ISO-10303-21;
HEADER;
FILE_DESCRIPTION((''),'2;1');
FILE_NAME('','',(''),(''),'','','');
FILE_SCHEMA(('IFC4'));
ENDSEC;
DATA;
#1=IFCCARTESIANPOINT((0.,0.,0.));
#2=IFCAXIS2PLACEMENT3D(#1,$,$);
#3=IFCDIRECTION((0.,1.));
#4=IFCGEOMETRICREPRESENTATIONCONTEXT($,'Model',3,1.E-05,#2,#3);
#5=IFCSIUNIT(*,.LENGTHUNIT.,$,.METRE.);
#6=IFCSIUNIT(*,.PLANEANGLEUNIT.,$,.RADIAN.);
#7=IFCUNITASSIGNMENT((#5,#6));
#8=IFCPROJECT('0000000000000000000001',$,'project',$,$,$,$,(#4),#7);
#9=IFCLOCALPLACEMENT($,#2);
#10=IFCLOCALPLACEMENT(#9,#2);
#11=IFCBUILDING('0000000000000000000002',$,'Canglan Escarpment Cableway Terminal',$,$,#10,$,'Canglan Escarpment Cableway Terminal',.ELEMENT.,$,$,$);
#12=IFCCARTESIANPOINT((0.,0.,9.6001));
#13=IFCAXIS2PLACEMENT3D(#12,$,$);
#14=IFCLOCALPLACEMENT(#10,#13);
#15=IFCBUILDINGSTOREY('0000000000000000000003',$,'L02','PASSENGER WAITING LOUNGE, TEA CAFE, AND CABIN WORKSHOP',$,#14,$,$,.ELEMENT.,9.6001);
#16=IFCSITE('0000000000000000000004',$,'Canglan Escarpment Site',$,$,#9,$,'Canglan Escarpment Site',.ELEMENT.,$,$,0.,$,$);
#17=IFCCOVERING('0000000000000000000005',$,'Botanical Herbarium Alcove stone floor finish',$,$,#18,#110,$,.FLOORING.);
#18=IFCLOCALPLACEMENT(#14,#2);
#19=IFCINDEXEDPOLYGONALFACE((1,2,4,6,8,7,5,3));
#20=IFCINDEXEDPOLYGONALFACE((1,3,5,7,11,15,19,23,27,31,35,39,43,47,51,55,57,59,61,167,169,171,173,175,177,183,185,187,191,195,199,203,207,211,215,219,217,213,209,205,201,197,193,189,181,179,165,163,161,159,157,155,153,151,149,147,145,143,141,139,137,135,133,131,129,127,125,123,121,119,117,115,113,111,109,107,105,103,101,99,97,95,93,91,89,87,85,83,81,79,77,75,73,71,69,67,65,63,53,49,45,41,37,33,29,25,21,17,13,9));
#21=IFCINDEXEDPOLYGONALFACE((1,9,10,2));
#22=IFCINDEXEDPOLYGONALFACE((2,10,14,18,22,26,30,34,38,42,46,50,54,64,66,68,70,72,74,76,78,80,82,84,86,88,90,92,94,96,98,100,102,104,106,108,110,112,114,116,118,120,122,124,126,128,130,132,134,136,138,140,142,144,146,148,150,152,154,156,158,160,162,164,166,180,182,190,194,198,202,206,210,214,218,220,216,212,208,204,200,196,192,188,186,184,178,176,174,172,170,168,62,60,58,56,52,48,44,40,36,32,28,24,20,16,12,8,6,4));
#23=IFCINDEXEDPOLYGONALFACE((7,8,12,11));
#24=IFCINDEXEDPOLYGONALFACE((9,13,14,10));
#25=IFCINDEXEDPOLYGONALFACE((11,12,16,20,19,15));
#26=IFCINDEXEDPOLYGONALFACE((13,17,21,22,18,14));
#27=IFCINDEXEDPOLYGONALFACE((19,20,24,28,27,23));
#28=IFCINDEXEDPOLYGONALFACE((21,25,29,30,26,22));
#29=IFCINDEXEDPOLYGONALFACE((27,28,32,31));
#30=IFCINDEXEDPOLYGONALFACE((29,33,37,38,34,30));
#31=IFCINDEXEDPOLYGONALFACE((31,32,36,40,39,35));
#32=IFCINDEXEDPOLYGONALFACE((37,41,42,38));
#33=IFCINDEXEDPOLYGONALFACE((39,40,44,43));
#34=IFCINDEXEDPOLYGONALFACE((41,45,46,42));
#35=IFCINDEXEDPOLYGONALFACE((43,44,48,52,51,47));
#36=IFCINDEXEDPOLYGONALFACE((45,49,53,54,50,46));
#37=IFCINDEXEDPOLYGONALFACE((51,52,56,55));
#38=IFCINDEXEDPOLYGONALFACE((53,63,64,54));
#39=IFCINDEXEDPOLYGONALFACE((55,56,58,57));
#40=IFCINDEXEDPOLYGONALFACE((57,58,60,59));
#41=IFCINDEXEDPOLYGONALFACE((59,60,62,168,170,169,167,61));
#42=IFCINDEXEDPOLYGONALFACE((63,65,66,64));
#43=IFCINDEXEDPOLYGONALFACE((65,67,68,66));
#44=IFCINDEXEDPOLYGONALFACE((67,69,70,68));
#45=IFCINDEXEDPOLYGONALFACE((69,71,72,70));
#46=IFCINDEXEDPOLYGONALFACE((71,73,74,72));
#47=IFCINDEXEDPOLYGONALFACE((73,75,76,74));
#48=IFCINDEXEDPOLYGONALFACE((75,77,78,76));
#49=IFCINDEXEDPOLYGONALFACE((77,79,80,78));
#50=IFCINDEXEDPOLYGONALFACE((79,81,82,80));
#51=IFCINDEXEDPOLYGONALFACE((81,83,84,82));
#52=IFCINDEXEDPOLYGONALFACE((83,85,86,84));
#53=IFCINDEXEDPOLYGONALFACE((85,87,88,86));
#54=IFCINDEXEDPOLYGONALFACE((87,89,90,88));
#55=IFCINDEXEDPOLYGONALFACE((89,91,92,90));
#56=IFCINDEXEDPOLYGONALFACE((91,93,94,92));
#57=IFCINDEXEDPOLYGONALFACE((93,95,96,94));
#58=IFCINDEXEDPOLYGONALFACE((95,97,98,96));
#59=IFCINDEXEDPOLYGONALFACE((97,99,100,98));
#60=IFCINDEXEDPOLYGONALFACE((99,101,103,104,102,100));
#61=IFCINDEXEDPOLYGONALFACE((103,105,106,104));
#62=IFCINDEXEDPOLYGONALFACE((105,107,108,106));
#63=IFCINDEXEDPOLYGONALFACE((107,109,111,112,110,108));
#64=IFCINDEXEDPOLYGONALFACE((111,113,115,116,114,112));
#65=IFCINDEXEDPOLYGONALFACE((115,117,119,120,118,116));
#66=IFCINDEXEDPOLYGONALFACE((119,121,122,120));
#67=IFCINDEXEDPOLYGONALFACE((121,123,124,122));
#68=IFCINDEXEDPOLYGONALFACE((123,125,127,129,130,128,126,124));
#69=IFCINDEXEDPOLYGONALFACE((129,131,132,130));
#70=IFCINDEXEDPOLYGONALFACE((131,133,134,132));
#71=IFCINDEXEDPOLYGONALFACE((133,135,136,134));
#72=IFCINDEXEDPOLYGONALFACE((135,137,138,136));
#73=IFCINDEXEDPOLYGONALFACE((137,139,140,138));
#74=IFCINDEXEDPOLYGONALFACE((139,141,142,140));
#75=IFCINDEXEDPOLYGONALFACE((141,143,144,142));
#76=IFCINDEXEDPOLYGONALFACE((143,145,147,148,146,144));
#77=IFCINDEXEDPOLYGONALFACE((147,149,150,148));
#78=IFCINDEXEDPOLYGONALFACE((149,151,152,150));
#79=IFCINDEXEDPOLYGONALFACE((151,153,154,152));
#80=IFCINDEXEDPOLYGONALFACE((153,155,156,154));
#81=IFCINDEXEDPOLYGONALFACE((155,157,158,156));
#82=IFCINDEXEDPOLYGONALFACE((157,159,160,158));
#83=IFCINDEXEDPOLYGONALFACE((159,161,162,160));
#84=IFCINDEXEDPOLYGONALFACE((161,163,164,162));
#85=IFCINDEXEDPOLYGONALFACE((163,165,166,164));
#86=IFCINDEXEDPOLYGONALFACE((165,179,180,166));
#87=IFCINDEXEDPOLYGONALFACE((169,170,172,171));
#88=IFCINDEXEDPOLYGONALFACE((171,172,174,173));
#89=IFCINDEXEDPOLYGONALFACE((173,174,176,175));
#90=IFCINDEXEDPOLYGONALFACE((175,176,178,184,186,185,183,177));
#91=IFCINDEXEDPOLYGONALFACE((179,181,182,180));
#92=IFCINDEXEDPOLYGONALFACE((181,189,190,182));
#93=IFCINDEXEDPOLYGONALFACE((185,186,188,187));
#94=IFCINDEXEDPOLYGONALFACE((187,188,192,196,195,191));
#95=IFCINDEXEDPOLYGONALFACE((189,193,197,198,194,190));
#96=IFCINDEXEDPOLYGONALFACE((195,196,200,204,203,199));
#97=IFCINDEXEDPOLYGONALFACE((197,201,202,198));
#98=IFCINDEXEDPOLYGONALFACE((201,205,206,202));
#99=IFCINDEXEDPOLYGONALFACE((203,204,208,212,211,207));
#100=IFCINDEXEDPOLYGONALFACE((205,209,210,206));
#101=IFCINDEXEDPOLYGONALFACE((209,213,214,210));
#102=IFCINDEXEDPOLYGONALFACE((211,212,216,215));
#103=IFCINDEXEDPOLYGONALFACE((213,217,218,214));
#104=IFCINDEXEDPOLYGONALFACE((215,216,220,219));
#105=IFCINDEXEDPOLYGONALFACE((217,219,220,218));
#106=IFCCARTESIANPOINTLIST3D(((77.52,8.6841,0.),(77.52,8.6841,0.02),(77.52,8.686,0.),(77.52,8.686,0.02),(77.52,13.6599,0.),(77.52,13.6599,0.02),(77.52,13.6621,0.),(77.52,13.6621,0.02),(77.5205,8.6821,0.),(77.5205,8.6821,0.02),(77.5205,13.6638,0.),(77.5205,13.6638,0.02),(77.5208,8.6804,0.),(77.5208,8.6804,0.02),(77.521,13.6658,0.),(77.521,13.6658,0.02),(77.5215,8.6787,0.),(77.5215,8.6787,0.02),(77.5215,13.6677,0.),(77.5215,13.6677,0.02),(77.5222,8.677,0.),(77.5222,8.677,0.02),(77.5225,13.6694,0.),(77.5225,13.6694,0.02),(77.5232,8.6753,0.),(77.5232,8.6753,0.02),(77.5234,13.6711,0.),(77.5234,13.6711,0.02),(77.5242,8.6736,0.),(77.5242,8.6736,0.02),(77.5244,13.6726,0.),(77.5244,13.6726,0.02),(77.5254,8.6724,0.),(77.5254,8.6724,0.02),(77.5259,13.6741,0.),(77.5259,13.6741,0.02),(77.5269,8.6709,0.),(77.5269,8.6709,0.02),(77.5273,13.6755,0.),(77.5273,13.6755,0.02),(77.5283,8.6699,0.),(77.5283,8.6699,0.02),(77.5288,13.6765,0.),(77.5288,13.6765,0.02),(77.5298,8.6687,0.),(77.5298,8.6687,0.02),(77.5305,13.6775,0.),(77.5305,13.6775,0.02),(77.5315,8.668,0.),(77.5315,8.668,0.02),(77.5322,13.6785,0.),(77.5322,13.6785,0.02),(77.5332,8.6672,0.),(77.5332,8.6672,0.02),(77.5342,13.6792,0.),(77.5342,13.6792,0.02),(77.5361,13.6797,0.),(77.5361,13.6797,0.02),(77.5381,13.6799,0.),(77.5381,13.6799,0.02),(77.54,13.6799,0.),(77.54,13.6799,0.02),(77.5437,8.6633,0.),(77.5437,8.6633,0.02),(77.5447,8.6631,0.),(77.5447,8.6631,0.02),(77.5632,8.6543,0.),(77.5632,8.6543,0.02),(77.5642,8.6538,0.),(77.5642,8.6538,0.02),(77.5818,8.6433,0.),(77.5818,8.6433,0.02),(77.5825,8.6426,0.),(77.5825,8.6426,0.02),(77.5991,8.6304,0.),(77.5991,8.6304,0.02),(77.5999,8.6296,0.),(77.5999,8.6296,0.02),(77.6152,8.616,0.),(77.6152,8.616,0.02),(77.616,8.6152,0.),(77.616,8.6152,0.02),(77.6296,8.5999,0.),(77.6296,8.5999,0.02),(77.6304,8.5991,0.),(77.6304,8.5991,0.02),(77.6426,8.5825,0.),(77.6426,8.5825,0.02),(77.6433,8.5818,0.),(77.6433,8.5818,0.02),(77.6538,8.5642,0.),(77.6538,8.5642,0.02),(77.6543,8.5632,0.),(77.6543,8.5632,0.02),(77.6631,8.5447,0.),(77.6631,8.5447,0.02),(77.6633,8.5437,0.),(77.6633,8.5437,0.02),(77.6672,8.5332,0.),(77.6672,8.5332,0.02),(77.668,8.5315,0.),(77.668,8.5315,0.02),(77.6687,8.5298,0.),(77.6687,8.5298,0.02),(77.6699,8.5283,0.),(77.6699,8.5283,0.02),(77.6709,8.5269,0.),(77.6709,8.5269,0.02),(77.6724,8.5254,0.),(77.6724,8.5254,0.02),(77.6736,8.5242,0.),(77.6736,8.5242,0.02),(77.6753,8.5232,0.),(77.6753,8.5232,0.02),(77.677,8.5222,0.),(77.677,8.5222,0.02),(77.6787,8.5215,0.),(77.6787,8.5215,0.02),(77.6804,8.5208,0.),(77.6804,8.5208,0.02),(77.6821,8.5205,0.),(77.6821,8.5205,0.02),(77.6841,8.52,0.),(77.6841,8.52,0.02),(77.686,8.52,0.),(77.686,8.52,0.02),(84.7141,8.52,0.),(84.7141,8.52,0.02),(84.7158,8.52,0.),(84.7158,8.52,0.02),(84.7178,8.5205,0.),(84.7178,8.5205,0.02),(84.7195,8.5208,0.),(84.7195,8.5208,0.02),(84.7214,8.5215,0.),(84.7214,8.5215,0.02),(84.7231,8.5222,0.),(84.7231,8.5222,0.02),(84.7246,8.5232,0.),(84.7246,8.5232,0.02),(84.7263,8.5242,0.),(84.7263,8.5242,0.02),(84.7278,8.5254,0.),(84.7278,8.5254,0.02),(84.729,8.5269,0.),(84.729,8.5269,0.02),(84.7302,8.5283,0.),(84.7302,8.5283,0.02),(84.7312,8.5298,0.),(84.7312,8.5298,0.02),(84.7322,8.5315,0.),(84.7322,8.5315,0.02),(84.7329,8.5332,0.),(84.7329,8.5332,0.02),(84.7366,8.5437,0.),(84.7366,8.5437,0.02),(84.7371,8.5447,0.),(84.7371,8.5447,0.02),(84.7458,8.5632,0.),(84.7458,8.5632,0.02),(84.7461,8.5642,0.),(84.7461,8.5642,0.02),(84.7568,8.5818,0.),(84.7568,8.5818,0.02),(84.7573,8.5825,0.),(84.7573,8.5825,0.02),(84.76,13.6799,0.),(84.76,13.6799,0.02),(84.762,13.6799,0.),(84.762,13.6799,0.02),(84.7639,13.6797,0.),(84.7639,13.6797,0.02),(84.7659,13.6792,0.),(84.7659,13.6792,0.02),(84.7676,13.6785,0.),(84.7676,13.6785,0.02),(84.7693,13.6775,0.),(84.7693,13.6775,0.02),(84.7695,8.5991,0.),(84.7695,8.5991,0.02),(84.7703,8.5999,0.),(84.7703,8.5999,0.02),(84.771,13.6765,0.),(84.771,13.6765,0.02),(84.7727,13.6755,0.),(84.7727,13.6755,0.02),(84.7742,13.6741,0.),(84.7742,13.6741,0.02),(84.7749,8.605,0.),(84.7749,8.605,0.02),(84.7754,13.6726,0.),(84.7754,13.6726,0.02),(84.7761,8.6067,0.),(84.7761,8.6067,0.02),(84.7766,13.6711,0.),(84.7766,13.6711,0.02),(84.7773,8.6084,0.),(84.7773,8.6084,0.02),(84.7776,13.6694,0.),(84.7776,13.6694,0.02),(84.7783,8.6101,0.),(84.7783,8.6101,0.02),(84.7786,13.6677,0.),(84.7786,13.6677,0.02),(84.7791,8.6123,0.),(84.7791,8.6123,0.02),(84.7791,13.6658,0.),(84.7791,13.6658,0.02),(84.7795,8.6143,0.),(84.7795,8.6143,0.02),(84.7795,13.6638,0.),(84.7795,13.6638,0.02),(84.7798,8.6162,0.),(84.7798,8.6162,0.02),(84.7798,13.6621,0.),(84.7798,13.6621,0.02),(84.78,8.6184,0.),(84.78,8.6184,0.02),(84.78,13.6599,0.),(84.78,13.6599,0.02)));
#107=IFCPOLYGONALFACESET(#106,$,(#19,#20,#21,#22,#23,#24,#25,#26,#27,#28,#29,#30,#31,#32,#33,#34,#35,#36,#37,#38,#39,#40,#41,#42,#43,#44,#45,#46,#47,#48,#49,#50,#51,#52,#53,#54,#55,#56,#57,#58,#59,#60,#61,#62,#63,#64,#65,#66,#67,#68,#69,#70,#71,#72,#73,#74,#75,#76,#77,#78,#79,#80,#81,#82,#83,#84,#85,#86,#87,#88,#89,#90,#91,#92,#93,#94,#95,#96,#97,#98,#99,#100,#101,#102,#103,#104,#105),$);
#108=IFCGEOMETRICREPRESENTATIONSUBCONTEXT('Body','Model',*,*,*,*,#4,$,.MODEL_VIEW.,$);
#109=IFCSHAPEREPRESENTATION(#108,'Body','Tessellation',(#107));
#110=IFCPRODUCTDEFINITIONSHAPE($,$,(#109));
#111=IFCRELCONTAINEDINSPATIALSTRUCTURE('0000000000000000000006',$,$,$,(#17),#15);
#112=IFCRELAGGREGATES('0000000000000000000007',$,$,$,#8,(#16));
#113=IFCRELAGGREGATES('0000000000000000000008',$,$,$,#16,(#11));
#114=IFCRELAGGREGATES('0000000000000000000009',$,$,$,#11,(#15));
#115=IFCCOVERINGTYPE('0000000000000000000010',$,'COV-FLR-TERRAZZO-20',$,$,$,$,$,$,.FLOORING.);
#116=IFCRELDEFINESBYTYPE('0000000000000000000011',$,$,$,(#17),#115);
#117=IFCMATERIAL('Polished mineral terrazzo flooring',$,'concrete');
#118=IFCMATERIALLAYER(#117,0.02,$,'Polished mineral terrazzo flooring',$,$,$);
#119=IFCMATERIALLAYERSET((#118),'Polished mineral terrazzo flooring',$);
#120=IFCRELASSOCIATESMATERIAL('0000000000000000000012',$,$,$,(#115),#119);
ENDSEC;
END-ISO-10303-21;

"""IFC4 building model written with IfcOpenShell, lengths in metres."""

from ifc_helpers import new_model, si_unit, direction, frame, origin, place, context, subcontext, project, spatial, polyline, outline, extrude, material, layer, layer_set, type_object, element, save


model = new_model("IFC4")

# Units and contexts
model_context = context("Model", 3, precision=1e-05, world=origin(), true_north=direction((0.0, 1.0)))
body_context = subcontext(model_context, "Body", "Model", "MODEL_VIEW")
ifc_project = project(units=[si_unit("LENGTHUNIT", "METRE"), si_unit("PLANEANGLEUNIT", "RADIAN")], contexts=[model_context])

# Site, building, storey
site_placement = place(None, origin())
site = spatial("IfcSite", under=ifc_project, at=site_placement, Name="Canglan Escarpment Site", LongName="Canglan Escarpment Site", CompositionType="ELEMENT", RefElevation=0.0)
building_placement = place(site_placement, origin())
building = spatial("IfcBuilding", under=site, at=building_placement, Name="Canglan Escarpment Cableway Terminal", LongName="Canglan Escarpment Cableway Terminal", CompositionType="ELEMENT")
storey_placement = place(building_placement, frame((0.0, 0.0, 9.6001)))
storey = spatial("IfcBuildingStorey", under=building, at=storey_placement, Name="L02", Description="PASSENGER WAITING LOUNGE, TEA CAFE, AND CABIN WORKSHOP", CompositionType="ELEMENT", Elevation=9.6001)

# Covering
ifc_material_1 = material(Name="Polished mineral terrazzo flooring", Category="concrete")
ifc_layer_1 = layer(ifc_material_1, 0.02, Name="Polished mineral terrazzo flooring")
ifc_layer_set_1 = layer_set([ifc_layer_1], Name="Polished mineral terrazzo flooring")
covering_type_1 = type_object("IfcCoveringType", Name="COV-FLR-TERRAZZO-20", PredefinedType="FLOORING", material=ifc_layer_set_1)
covering_1_placement = place(storey_placement, origin())
element("IfcCovering", 1, at=covering_1_placement, inside=storey, type_object=covering_type_1, Name="Botanical Herbarium Alcove stone floor finish", PredefinedType="FLOORING", context=body_context, shape_type="SweptSolid", body=[
    extrude(outline(polyline([(77.5332, 8.6672), (77.5315, 8.668), (77.5298, 8.6687), (77.5283, 8.6699), (77.5269, 8.6709), (77.5254, 8.6724), (77.5242, 8.6736), (77.5232, 8.6753), (77.5222, 8.677), (77.5215, 8.6787), (77.5208, 8.6804), (77.5205, 8.6821), (77.52, 8.6841), (77.52, 8.686), (77.52, 13.6599), (77.52, 13.6621), (77.5205, 13.6638), (77.521, 13.6658), (77.5215, 13.6677), (77.5225, 13.6694), (77.5234, 13.6711), (77.5244, 13.6726), (77.5259, 13.6741), (77.5273, 13.6755), (77.5288, 13.6765), (77.5305, 13.6775), (77.5322, 13.6785), (77.5342, 13.6792), (77.5361, 13.6797), (77.5381, 13.6799), (77.54, 13.6799), (84.76, 13.6799), (84.762, 13.6799), (84.7639, 13.6797), (84.7659, 13.6792), (84.7676, 13.6785), (84.7693, 13.6775), (84.771, 13.6765), (84.7727, 13.6755), (84.7742, 13.6741), (84.7754, 13.6726), (84.7766, 13.6711), (84.7776, 13.6694), (84.7786, 13.6677), (84.7791, 13.6658), (84.7795, 13.6638), (84.7798, 13.6621), (84.78, 13.6599), (84.78, 8.6184), (84.7798, 8.6162), (84.7795, 8.6143), (84.7791, 8.6123), (84.7783, 8.6101), (84.7773, 8.6084), (84.7761, 8.6067), (84.7749, 8.605), (84.7703, 8.5999), (84.7695, 8.5991), (84.7573, 8.5825), (84.7568, 8.5818), (84.7461, 8.5642), (84.7458, 8.5632), (84.7371, 8.5447), (84.7366, 8.5437), (84.7329, 8.5332), (84.7322, 8.5315), (84.7312, 8.5298), (84.7302, 8.5283), (84.729, 8.5269), (84.7278, 8.5254), (84.7263, 8.5242), (84.7246, 8.5232), (84.7231, 8.5222), (84.7214, 8.5215), (84.7195, 8.5208), (84.7178, 8.5205), (84.7158, 8.52), (84.7141, 8.52), (77.686, 8.52), (77.6841, 8.52), (77.6821, 8.5205), (77.6804, 8.5208), (77.6787, 8.5215), (77.677, 8.5222), (77.6753, 8.5232), (77.6736, 8.5242), (77.6724, 8.5254), (77.6709, 8.5269), (77.6699, 8.5283), (77.6687, 8.5298), (77.668, 8.5315), (77.6672, 8.5332), (77.6633, 8.5437), (77.6631, 8.5447), (77.6543, 8.5632), (77.6538, 8.5642), (77.6433, 8.5818), (77.6426, 8.5825), (77.6304, 8.5991), (77.6296, 8.5999), (77.616, 8.6152), (77.6152, 8.616), (77.5999, 8.6296), (77.5991, 8.6304), (77.5825, 8.6426), (77.5818, 8.6433), (77.5642, 8.6538), (77.5632, 8.6543), (77.5447, 8.6631), (77.5437, 8.6633), (77.5332, 8.6672)])), origin(), (0.0, 0.0, 1.0), 0.02),
])

save(model, "model.ifc")
